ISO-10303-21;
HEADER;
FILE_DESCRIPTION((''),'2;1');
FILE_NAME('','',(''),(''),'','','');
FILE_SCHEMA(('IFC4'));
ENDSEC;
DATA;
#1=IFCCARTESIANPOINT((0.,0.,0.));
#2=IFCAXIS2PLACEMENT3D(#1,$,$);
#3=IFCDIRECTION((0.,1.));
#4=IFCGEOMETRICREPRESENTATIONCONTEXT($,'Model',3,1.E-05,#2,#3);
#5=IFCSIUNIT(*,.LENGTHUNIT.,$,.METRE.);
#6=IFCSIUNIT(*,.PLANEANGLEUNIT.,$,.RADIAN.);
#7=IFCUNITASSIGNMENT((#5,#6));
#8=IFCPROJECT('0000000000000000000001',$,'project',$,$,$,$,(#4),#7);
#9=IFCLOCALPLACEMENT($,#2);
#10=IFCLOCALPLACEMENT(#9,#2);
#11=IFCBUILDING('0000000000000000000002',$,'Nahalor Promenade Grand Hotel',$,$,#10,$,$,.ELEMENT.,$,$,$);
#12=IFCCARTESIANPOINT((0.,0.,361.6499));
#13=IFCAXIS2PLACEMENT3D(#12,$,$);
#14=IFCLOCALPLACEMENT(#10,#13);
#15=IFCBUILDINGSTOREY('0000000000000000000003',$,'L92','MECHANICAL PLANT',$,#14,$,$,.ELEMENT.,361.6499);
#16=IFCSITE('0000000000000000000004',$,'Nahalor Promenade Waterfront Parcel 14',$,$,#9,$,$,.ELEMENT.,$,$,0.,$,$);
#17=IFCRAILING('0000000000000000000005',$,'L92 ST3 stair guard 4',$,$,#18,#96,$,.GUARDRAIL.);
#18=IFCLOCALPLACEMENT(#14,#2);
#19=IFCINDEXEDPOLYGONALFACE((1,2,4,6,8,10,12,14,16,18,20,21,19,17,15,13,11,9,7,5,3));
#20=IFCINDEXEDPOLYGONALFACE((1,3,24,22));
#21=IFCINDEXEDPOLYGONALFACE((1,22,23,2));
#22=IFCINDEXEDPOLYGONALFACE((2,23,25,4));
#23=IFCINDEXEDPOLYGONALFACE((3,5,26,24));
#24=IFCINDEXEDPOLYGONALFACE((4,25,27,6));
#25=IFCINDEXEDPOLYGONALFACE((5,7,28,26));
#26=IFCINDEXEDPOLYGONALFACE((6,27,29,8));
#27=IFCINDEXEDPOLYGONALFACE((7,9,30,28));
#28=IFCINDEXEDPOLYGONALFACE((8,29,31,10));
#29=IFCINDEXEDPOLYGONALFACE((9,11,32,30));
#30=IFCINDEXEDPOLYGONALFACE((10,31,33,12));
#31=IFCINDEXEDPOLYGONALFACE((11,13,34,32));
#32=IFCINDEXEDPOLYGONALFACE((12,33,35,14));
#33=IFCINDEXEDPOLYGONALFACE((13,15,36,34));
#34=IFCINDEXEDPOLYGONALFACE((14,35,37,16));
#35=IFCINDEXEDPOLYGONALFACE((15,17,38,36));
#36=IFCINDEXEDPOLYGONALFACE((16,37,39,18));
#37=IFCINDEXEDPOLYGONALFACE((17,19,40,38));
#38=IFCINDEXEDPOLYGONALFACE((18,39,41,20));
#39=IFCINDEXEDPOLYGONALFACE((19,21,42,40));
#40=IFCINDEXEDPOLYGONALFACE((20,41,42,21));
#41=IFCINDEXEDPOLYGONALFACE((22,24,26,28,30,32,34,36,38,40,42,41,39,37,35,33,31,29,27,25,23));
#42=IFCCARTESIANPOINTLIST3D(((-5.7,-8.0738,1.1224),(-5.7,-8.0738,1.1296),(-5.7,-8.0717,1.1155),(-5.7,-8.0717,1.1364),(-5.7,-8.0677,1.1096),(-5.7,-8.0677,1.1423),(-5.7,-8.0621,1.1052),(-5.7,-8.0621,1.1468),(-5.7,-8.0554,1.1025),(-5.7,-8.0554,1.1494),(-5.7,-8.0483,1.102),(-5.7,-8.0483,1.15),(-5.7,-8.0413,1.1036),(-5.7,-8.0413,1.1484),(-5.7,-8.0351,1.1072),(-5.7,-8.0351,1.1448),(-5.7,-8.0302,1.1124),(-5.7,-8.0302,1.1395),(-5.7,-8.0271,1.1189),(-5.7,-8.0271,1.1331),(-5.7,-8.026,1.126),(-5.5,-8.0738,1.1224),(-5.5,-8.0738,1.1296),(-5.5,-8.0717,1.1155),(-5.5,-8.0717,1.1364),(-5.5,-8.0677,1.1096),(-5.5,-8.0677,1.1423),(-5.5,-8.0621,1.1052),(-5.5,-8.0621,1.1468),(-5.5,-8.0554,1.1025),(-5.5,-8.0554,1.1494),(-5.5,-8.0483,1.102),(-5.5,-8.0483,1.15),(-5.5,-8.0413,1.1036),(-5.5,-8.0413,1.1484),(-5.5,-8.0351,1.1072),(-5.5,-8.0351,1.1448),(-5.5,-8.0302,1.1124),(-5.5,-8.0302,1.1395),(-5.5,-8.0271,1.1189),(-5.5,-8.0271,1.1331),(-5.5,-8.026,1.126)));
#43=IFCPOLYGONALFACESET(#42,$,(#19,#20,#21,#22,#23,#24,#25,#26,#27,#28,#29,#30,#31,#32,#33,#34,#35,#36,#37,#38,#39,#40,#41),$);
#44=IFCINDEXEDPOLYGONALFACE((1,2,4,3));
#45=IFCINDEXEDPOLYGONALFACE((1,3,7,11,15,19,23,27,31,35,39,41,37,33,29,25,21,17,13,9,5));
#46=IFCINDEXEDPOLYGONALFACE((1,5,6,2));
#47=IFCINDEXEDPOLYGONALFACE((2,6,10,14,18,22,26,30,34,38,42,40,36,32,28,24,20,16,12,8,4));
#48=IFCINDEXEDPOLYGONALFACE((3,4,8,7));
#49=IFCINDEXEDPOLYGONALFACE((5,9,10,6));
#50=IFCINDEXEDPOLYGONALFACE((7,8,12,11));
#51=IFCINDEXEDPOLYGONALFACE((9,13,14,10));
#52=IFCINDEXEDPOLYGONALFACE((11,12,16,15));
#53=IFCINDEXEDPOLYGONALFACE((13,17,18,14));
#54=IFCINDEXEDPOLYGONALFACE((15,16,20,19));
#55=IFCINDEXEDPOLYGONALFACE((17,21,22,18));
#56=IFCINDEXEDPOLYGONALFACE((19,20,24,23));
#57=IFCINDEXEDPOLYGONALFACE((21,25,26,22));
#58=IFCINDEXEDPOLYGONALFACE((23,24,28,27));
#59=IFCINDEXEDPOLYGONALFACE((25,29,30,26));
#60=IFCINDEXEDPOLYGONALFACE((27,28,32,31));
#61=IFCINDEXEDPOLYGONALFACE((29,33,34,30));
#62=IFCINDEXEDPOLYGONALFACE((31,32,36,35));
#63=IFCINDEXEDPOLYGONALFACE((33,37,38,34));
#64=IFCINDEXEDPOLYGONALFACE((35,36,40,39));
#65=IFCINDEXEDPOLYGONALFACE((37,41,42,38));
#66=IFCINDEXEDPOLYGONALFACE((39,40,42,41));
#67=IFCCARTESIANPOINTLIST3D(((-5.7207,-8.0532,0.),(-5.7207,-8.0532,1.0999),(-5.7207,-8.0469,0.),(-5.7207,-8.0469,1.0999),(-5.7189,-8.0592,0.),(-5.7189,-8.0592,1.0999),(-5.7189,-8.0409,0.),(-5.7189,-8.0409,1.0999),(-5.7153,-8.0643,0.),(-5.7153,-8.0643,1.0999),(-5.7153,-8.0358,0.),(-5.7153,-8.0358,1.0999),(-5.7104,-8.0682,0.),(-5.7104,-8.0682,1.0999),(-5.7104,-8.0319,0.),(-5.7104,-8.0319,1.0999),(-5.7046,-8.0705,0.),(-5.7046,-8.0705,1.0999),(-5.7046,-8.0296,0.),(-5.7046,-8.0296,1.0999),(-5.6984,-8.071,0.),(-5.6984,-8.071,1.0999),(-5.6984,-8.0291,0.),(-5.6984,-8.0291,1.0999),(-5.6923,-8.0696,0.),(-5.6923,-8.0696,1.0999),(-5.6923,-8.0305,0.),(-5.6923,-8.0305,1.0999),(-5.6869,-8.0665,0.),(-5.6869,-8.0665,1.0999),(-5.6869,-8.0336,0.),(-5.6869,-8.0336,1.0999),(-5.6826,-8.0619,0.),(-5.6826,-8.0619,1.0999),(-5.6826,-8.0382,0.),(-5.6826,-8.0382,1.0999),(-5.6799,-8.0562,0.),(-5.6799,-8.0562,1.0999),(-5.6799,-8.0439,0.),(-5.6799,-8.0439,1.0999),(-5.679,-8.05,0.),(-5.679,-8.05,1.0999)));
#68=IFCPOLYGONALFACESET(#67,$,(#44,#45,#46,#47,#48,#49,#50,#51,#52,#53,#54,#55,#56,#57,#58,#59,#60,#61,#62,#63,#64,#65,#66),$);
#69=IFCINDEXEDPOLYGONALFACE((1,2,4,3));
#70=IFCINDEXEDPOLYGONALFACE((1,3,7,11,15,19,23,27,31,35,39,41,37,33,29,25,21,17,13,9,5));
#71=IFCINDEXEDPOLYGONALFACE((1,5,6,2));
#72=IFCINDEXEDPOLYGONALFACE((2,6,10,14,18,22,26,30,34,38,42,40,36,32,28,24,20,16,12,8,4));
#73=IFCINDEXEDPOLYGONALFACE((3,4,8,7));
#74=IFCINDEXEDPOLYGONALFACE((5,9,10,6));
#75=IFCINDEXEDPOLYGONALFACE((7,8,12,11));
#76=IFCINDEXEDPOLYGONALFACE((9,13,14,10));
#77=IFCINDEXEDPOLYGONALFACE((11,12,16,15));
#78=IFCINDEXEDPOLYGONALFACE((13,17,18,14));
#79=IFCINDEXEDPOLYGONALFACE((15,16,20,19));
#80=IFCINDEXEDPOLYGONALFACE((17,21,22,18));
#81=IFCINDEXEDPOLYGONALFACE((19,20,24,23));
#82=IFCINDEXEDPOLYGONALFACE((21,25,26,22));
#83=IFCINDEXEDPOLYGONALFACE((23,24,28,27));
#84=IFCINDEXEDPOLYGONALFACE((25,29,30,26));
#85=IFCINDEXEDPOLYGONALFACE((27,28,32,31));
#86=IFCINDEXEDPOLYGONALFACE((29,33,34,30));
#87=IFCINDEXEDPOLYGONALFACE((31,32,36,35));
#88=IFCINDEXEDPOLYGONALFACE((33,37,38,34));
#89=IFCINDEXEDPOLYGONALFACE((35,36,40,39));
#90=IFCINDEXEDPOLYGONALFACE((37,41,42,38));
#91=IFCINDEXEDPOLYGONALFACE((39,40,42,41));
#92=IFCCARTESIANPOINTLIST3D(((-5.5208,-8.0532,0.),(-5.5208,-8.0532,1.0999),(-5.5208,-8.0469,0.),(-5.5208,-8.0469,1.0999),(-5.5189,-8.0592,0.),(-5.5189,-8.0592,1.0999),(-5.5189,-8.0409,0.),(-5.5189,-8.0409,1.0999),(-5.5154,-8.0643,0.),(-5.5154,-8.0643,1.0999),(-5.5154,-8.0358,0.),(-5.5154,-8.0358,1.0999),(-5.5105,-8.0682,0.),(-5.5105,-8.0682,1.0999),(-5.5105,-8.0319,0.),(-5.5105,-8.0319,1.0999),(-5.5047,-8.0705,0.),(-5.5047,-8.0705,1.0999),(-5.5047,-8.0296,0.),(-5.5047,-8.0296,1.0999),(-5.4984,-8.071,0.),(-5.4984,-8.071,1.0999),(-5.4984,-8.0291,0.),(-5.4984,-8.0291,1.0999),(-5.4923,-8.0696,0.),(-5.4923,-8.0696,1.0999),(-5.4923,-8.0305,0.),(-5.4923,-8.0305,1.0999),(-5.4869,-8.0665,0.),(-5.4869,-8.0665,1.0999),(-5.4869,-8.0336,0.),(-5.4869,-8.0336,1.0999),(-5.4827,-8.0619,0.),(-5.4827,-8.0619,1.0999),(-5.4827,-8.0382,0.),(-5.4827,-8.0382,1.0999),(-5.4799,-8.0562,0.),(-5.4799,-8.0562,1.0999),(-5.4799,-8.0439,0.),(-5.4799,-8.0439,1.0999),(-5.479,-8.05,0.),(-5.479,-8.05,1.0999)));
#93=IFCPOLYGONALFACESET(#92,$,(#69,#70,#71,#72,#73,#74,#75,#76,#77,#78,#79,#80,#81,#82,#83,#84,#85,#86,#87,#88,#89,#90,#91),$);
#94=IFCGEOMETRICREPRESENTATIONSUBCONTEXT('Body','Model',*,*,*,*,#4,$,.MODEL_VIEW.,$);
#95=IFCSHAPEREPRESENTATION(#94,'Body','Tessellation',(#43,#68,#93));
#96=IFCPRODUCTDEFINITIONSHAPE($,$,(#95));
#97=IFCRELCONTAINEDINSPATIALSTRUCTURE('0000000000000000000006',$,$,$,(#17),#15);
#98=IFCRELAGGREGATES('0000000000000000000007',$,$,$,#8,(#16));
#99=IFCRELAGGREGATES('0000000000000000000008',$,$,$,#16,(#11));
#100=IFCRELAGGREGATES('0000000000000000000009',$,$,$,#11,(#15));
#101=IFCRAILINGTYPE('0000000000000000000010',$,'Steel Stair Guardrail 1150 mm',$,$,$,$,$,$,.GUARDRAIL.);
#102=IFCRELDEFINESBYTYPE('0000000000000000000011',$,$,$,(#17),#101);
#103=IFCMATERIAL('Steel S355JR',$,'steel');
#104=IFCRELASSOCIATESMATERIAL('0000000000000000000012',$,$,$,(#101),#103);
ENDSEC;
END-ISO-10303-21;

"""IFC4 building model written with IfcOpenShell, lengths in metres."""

from ifc_helpers import new_model, si_unit, direction, frame, origin, origin_2d, place, context, subcontext, project, spatial, circle, extrude, material, type_object, element, save


model = new_model("IFC4")

# Units and contexts
model_context = context("Model", 3, precision=1e-05, world=origin(), true_north=direction((0.0, 1.0)))
body_context = subcontext(model_context, "Body", "Model", "MODEL_VIEW")
ifc_project = project(units=[si_unit("LENGTHUNIT", "METRE"), si_unit("PLANEANGLEUNIT", "RADIAN")], contexts=[model_context])

# Site, building, storey
site_placement = place(None, origin())
site = spatial("IfcSite", under=ifc_project, at=site_placement, Name="Nahalor Promenade Waterfront Parcel 14", CompositionType="ELEMENT", RefElevation=0.0)
building_placement = place(site_placement, origin())
building = spatial("IfcBuilding", under=site, at=building_placement, Name="Nahalor Promenade Grand Hotel", CompositionType="ELEMENT")
storey_placement = place(building_placement, frame((0.0, 0.0, 361.6499)))
storey = spatial("IfcBuildingStorey", under=building, at=storey_placement, Name="L92", Description="MECHANICAL PLANT", CompositionType="ELEMENT", Elevation=361.6499)

# Shared definitions
ifc_material_1 = material(Name="Steel S355JR", Category="steel")

# Railing
railing_type_1 = type_object("IfcRailingType", Name="Steel Stair Guardrail 1150 mm", PredefinedType="GUARDRAIL", material=ifc_material_1)
railing_1_placement = place(storey_placement, frame((-5.7, -8.05, 0.0)))
element("IfcRailing", 1, at=railing_1_placement, inside=storey, type_object=railing_type_1, Name="L92 ST3 stair guard 4", PredefinedType="GUARDRAIL", context=body_context, shape_type="SweptSolid", body=[
    extrude(circle(Radius=0.024, at=origin_2d()), frame((0.0, 0.0, 1.126), z_axis=(1.0, 0.0, 0.0), x_axis=(0.0, 1.0, 0.0)), (0.0, 0.0, 1.0), 0.2),
    extrude(circle(Radius=0.021, at=origin_2d()), origin(), (0.0, 0.0, 1.0), 1.0999),
    extrude(circle(Radius=0.021, at=origin_2d()), frame((0.2, 0.0, 0.0)), (0.0, 0.0, 1.0), 1.0999),
])

save(model, "model.ifc")
